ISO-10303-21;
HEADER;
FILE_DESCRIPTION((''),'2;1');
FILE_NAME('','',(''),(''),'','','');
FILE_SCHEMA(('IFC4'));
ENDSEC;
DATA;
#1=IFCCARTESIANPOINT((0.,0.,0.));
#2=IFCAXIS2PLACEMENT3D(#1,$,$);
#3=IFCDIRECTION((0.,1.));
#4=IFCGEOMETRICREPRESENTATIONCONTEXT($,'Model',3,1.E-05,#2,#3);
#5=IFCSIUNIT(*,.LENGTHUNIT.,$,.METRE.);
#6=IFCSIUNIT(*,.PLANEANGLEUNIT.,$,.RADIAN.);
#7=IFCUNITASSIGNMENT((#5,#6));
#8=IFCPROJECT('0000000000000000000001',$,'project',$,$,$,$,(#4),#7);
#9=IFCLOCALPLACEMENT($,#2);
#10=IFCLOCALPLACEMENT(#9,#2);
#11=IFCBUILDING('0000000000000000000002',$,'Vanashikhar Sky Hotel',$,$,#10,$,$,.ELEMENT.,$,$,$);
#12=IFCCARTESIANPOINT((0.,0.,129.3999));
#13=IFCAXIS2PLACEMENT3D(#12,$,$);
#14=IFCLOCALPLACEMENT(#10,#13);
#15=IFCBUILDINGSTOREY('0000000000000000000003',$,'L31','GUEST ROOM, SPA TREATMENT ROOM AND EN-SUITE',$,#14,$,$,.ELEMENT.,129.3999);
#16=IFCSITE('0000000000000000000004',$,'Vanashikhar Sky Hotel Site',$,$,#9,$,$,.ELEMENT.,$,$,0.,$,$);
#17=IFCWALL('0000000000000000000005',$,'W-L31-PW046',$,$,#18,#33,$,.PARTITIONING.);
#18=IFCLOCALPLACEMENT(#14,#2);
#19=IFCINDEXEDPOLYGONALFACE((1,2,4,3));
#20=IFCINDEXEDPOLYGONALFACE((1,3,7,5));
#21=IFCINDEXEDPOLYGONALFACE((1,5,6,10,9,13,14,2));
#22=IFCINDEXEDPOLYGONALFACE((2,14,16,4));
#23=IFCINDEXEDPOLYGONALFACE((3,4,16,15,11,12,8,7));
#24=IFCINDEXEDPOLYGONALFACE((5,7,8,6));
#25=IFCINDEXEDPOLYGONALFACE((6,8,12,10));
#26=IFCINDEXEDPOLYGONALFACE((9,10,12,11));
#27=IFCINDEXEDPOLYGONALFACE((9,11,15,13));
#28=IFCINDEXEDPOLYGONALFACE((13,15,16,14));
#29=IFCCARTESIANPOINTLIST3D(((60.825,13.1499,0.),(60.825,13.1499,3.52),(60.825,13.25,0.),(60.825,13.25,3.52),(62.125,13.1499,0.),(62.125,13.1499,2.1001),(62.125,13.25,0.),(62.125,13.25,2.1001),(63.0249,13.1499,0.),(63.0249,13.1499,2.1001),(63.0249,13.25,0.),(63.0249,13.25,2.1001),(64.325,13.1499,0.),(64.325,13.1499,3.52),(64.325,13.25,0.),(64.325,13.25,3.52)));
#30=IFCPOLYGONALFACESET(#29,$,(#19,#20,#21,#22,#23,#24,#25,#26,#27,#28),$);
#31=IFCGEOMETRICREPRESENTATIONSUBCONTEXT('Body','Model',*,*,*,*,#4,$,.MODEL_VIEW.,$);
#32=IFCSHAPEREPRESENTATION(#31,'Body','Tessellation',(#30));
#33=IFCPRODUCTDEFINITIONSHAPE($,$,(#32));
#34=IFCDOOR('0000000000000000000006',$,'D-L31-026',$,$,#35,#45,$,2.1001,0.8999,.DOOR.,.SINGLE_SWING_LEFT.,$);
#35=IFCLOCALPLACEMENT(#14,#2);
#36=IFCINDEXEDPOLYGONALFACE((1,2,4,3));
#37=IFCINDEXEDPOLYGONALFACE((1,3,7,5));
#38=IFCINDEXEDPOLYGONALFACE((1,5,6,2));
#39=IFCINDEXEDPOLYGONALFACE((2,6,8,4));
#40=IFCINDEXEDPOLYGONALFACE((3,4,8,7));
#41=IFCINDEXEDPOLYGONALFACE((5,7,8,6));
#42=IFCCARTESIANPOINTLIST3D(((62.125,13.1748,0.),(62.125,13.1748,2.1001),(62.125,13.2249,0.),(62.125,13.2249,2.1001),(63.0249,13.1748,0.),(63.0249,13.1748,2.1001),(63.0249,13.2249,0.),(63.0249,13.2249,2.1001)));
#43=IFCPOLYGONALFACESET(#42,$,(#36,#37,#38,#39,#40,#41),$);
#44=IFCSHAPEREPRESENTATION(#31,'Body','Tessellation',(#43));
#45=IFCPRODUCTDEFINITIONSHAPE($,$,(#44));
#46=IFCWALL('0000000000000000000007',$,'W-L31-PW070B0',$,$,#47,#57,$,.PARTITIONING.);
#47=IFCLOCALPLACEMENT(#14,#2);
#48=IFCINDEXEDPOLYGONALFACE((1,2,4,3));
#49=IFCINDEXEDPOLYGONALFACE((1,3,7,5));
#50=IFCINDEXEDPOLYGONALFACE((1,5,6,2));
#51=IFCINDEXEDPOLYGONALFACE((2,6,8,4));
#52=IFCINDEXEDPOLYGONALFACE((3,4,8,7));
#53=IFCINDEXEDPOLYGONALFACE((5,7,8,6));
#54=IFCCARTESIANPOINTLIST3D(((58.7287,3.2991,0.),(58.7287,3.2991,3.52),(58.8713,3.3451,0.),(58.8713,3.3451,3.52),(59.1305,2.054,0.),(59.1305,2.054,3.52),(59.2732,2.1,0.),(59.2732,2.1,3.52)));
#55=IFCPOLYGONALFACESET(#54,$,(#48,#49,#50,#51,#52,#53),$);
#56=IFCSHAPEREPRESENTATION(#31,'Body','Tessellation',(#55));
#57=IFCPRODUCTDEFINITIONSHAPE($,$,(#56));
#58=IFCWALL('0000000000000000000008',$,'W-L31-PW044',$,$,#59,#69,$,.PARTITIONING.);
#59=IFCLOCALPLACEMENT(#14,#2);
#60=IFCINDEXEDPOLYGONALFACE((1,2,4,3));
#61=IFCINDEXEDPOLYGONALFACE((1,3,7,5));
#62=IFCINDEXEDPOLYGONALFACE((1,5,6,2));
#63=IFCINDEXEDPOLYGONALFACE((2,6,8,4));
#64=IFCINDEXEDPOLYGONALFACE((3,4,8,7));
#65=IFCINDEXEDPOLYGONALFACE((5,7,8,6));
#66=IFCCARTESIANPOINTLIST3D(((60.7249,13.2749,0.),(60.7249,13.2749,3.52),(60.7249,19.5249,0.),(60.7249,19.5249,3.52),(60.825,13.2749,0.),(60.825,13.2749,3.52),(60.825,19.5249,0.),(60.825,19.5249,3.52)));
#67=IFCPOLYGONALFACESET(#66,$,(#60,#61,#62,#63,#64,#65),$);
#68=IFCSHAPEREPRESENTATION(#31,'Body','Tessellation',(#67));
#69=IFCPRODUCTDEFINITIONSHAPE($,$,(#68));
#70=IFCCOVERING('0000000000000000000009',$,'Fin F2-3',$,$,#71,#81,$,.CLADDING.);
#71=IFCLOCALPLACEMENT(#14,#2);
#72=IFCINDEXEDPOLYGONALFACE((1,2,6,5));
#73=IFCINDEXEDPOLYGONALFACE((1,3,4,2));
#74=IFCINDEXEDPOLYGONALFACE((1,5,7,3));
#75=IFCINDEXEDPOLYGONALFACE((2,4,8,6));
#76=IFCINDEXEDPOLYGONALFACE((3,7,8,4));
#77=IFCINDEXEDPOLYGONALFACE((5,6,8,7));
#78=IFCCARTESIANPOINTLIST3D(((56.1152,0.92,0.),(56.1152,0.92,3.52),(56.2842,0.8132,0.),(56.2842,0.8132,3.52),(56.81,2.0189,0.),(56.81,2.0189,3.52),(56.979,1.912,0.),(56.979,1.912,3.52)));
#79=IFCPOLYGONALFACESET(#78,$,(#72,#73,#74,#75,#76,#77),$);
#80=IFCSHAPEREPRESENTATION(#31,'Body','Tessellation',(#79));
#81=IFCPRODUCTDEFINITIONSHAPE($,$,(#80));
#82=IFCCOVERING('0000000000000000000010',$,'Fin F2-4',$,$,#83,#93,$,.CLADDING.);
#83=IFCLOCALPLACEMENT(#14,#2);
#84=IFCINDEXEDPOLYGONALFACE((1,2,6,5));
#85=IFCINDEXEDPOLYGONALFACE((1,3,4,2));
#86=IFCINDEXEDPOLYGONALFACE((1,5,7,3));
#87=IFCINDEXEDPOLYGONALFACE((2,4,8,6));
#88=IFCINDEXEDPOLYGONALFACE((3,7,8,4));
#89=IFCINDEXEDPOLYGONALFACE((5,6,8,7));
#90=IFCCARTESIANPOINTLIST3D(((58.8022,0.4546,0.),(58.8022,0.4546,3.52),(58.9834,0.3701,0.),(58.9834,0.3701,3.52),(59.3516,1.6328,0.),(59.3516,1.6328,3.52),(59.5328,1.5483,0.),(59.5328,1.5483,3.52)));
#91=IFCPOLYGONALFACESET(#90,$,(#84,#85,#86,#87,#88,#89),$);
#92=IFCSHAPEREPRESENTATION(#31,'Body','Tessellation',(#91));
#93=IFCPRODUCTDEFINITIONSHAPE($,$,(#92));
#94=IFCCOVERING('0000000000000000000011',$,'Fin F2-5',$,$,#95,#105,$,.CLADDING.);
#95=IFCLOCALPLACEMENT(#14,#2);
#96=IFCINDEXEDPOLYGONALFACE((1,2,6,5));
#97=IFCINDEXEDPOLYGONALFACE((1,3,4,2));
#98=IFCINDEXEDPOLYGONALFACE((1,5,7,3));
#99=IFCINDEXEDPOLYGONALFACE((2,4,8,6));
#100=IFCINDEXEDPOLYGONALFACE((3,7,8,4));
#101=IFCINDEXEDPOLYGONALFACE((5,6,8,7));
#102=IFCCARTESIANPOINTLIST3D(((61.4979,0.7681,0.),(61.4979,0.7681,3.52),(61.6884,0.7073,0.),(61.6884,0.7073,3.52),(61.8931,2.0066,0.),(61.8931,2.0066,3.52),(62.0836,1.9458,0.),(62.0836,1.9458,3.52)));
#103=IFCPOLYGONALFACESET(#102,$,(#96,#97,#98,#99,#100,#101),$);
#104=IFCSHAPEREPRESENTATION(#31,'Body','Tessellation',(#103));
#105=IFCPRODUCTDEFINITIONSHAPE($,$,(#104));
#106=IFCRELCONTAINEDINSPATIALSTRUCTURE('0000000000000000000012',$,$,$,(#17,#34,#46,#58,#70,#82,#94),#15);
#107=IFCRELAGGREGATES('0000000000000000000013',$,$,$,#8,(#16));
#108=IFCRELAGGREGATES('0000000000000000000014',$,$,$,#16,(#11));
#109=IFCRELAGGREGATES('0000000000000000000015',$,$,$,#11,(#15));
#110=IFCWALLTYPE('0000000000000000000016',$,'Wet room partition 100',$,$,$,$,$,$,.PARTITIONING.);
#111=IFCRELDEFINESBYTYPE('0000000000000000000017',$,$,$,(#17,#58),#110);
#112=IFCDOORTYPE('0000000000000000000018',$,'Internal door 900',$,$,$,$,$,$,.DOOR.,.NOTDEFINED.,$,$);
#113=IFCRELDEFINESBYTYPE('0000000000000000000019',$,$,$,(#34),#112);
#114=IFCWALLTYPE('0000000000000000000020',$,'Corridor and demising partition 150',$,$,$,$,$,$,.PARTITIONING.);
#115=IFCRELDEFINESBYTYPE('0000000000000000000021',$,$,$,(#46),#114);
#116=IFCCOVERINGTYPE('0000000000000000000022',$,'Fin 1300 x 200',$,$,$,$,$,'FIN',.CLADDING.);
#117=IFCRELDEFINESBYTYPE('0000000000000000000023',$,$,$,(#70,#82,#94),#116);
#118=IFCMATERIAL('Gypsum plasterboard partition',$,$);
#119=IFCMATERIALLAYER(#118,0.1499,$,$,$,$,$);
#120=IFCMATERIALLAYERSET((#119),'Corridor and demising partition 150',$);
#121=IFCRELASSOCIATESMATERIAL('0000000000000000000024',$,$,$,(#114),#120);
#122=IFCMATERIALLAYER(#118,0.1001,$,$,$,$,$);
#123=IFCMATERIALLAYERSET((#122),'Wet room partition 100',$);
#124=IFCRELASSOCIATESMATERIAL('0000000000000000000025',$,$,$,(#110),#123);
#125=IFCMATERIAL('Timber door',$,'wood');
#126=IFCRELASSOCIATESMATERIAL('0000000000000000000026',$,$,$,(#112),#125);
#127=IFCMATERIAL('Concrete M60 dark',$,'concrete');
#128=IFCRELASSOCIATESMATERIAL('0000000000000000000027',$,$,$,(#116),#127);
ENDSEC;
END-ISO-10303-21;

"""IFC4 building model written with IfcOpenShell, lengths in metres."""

from ifc_helpers import new_model, si_unit, direction, frame, frame_2d, origin, origin_2d, place, context, subcontext, project, spatial, rectangle, extrude, source, transform, mapped, material, layer, layer_set, material_profile, profile_set, type_object, element, fill, save


model = new_model("IFC4")

# Units and contexts
model_context = context("Model", 3, precision=1e-05, world=origin(), true_north=direction((0.0, 1.0)))
body_context = subcontext(model_context, "Body", "Model", "MODEL_VIEW")
ifc_project = project(units=[si_unit("LENGTHUNIT", "METRE"), si_unit("PLANEANGLEUNIT", "RADIAN")], contexts=[model_context])

# Site, building, storey
site_placement = place(None, origin())
site = spatial("IfcSite", under=ifc_project, at=site_placement, Name="Vanashikhar Sky Hotel Site", CompositionType="ELEMENT", RefElevation=0.0)
building_placement = place(site_placement, origin())
building = spatial("IfcBuilding", under=site, at=building_placement, Name="Vanashikhar Sky Hotel", CompositionType="ELEMENT")
storey_placement = place(building_placement, frame((0.0, 0.0, 129.3999)))
storey = spatial("IfcBuildingStorey", under=building, at=storey_placement, Name="L31", Description="GUEST ROOM, SPA TREATMENT ROOM AND EN-SUITE", CompositionType="ELEMENT", Elevation=129.3999)

# Shared definitions
ifc_material_1 = material(Name="Gypsum plasterboard partition")
ifc_layer_1 = layer(ifc_material_1, 0.1499)
ifc_layer_set_1 = layer_set([ifc_layer_1], Name="Corridor and demising partition 150")
wall_type_1 = type_object("IfcWallType", Name="Corridor and demising partition 150", PredefinedType="PARTITIONING", material=ifc_layer_set_1)

# Wall, opening, door
ifc_layer_2 = layer(ifc_material_1, 0.1001)
ifc_layer_set_2 = layer_set([ifc_layer_2], Name="Wet room partition 100")
wall_type_2 = type_object("IfcWallType", Name="Wet room partition 100", PredefinedType="PARTITIONING", material=ifc_layer_set_2)
shared_shape_1 = source(origin(), body_context, "Body", "SweptSolid", [
    extrude(rectangle(XDim=3.5, YDim=0.1001, at=frame_2d((1.75, 0.0))), origin(), (0.0, 0.0, 1.0), 3.52),
])
wall_1_placement = place(storey_placement, frame((60.825, 13.2, 0.0), z_axis=(0.0, 0.0, 1.0), x_axis=(1.0, 0.0, 0.0)))
wall_1 = element("IfcWall", 1, at=wall_1_placement, inside=storey, type_object=wall_type_2, Name="W-L31-PW046", PredefinedType="PARTITIONING", context=body_context, shape_type="MappedRepresentation", body=[
    mapped(shared_shape_1, transform((0.0, 0.0, 0.0), scale=1.0)),
])
shared_shape_2 = source(origin(), body_context, "Body", "SweptSolid", [
    extrude(rectangle(XDim=0.8999, YDim=2.1001, at=frame_2d((0.45, 1.05))), frame((0.0, 0.0601, 0.0), z_axis=(0.0, -1.0, 0.0), x_axis=(1.0, 0.0, 0.0)), (0.0, 0.0, 1.0), 0.1201),
])
opening_1_placement = place(wall_1_placement, frame((1.3, 0.0, 0.0)))
opening_1 = element("IfcOpeningElement", 2, at=opening_1_placement, cuts=wall_1, PredefinedType="OPENING", context=body_context, shape_type="MappedRepresentation", body=[
    mapped(shared_shape_2, transform((0.0, 0.0, 0.0), scale=1.0)),
])
ifc_material_2 = material(Name="Timber door", Category="wood")
door_type = type_object("IfcDoorType", Name="Internal door 900", OperationType="NOTDEFINED", PredefinedType="DOOR", material=ifc_material_2)
shared_shape_3 = source(origin(), body_context, "Body", "SweptSolid", [
    extrude(rectangle(XDim=0.8999, YDim=2.1001, at=frame_2d((0.45, 1.05))), frame((0.0, 0.0249, 0.0), z_axis=(0.0, -1.0, 0.0), x_axis=(1.0, 0.0, 0.0)), (0.0, 0.0, 1.0), 0.05),
])
door_placement = place(opening_1_placement, origin())
door = element("IfcDoor", 3, at=door_placement, inside=storey, type_object=door_type, Name="D-L31-026", OperationType="SINGLE_SWING_LEFT", OverallHeight=2.1001, OverallWidth=0.8999, PredefinedType="DOOR", context=body_context, shape_type="MappedRepresentation", body=[
    mapped(shared_shape_3, transform((0.0, 0.0, 0.0), scale=1.0)),
])
fill(opening_1, door)

# Walls
shared_shape_4 = source(origin(), body_context, "Body", "SweptSolid", [
    extrude(rectangle(XDim=1.3083, YDim=0.1499, at=frame_2d((0.6543, 0.0))), origin(), (0.0, 0.0, 1.0), 3.52),
])
wall_2_placement = place(storey_placement, frame((59.2019, 2.0769, 0.0), z_axis=(0.0, 0.0, 1.0), x_axis=(-0.307145, 0.951663, 0.0)))
element("IfcWall", 4, at=wall_2_placement, inside=storey, type_object=wall_type_1, Name="W-L31-PW070B0", PredefinedType="PARTITIONING", context=body_context, shape_type="MappedRepresentation", body=[
    mapped(shared_shape_4, transform((0.0, 0.0, 0.0), scale=1.0)),
])
shared_shape_5 = source(origin(), body_context, "Body", "SweptSolid", [
    extrude(rectangle(XDim=6.25, YDim=0.1001, at=frame_2d((3.125, 0.0))), origin(), (0.0, 0.0, 1.0), 3.52),
])
wall_3_placement = place(storey_placement, frame((60.7749, 13.2749, 0.0), z_axis=(0.0, 0.0, 1.0), x_axis=(0.0, 1.0, 0.0)))
element("IfcWall", 5, at=wall_3_placement, inside=storey, type_object=wall_type_2, Name="W-L31-PW044", PredefinedType="PARTITIONING", context=body_context, shape_type="MappedRepresentation", body=[
    mapped(shared_shape_5, transform((0.0, 0.0, 0.0), scale=1.0)),
])

# Coverings
ifc_material_3 = material(Name="Concrete M60 dark", Category="concrete")
ifc_material_profile = material_profile(ifc_material_3, rectangle(XDim=1.3, YDim=0.2, at=origin_2d()))
ifc_profile_set = profile_set([ifc_material_profile], Name="Fin 1300 x 200")
covering_type = type_object("IfcCoveringType", Name="Fin 1300 x 200", ElementType="FIN", PredefinedType="CLADDING", material=ifc_profile_set)
shared_shape_6 = source(origin(), body_context, "Body", "SweptSolid", [
    extrude(rectangle(XDim=1.3, YDim=0.2, at=origin_2d()), origin(), (0.0, 0.0, 1.0), 3.52),
])
for number, where, z_axis, x_axis, name in (
    (6, (56.5471, 1.416, 0.0), (0.0, 0.0, 1.0), (-0.534411, -0.845225, 0.0), "Fin F2-3"),
    (7, (59.1675, 1.0015, 0.0), (0.0, 0.0, 1.0), (-0.422618, -0.906308, 0.0), "Fin F2-4"),
    (8, (61.7908, 1.3569, 0.0), (0.0, 0.0, 1.0), (-0.303967, -0.952683, 0.0), "Fin F2-5"),
):
    element("IfcCovering", number, at=place(storey_placement, frame(where, z_axis=z_axis, x_axis=x_axis)), inside=storey, type_object=covering_type, Name=name, PredefinedType="CLADDING", context=body_context, shape_type="MappedRepresentation", body=[
        mapped(shared_shape_6, transform((0.0, 0.0, 0.0), scale=1.0)),
    ])

save(model, "model.ifc")
